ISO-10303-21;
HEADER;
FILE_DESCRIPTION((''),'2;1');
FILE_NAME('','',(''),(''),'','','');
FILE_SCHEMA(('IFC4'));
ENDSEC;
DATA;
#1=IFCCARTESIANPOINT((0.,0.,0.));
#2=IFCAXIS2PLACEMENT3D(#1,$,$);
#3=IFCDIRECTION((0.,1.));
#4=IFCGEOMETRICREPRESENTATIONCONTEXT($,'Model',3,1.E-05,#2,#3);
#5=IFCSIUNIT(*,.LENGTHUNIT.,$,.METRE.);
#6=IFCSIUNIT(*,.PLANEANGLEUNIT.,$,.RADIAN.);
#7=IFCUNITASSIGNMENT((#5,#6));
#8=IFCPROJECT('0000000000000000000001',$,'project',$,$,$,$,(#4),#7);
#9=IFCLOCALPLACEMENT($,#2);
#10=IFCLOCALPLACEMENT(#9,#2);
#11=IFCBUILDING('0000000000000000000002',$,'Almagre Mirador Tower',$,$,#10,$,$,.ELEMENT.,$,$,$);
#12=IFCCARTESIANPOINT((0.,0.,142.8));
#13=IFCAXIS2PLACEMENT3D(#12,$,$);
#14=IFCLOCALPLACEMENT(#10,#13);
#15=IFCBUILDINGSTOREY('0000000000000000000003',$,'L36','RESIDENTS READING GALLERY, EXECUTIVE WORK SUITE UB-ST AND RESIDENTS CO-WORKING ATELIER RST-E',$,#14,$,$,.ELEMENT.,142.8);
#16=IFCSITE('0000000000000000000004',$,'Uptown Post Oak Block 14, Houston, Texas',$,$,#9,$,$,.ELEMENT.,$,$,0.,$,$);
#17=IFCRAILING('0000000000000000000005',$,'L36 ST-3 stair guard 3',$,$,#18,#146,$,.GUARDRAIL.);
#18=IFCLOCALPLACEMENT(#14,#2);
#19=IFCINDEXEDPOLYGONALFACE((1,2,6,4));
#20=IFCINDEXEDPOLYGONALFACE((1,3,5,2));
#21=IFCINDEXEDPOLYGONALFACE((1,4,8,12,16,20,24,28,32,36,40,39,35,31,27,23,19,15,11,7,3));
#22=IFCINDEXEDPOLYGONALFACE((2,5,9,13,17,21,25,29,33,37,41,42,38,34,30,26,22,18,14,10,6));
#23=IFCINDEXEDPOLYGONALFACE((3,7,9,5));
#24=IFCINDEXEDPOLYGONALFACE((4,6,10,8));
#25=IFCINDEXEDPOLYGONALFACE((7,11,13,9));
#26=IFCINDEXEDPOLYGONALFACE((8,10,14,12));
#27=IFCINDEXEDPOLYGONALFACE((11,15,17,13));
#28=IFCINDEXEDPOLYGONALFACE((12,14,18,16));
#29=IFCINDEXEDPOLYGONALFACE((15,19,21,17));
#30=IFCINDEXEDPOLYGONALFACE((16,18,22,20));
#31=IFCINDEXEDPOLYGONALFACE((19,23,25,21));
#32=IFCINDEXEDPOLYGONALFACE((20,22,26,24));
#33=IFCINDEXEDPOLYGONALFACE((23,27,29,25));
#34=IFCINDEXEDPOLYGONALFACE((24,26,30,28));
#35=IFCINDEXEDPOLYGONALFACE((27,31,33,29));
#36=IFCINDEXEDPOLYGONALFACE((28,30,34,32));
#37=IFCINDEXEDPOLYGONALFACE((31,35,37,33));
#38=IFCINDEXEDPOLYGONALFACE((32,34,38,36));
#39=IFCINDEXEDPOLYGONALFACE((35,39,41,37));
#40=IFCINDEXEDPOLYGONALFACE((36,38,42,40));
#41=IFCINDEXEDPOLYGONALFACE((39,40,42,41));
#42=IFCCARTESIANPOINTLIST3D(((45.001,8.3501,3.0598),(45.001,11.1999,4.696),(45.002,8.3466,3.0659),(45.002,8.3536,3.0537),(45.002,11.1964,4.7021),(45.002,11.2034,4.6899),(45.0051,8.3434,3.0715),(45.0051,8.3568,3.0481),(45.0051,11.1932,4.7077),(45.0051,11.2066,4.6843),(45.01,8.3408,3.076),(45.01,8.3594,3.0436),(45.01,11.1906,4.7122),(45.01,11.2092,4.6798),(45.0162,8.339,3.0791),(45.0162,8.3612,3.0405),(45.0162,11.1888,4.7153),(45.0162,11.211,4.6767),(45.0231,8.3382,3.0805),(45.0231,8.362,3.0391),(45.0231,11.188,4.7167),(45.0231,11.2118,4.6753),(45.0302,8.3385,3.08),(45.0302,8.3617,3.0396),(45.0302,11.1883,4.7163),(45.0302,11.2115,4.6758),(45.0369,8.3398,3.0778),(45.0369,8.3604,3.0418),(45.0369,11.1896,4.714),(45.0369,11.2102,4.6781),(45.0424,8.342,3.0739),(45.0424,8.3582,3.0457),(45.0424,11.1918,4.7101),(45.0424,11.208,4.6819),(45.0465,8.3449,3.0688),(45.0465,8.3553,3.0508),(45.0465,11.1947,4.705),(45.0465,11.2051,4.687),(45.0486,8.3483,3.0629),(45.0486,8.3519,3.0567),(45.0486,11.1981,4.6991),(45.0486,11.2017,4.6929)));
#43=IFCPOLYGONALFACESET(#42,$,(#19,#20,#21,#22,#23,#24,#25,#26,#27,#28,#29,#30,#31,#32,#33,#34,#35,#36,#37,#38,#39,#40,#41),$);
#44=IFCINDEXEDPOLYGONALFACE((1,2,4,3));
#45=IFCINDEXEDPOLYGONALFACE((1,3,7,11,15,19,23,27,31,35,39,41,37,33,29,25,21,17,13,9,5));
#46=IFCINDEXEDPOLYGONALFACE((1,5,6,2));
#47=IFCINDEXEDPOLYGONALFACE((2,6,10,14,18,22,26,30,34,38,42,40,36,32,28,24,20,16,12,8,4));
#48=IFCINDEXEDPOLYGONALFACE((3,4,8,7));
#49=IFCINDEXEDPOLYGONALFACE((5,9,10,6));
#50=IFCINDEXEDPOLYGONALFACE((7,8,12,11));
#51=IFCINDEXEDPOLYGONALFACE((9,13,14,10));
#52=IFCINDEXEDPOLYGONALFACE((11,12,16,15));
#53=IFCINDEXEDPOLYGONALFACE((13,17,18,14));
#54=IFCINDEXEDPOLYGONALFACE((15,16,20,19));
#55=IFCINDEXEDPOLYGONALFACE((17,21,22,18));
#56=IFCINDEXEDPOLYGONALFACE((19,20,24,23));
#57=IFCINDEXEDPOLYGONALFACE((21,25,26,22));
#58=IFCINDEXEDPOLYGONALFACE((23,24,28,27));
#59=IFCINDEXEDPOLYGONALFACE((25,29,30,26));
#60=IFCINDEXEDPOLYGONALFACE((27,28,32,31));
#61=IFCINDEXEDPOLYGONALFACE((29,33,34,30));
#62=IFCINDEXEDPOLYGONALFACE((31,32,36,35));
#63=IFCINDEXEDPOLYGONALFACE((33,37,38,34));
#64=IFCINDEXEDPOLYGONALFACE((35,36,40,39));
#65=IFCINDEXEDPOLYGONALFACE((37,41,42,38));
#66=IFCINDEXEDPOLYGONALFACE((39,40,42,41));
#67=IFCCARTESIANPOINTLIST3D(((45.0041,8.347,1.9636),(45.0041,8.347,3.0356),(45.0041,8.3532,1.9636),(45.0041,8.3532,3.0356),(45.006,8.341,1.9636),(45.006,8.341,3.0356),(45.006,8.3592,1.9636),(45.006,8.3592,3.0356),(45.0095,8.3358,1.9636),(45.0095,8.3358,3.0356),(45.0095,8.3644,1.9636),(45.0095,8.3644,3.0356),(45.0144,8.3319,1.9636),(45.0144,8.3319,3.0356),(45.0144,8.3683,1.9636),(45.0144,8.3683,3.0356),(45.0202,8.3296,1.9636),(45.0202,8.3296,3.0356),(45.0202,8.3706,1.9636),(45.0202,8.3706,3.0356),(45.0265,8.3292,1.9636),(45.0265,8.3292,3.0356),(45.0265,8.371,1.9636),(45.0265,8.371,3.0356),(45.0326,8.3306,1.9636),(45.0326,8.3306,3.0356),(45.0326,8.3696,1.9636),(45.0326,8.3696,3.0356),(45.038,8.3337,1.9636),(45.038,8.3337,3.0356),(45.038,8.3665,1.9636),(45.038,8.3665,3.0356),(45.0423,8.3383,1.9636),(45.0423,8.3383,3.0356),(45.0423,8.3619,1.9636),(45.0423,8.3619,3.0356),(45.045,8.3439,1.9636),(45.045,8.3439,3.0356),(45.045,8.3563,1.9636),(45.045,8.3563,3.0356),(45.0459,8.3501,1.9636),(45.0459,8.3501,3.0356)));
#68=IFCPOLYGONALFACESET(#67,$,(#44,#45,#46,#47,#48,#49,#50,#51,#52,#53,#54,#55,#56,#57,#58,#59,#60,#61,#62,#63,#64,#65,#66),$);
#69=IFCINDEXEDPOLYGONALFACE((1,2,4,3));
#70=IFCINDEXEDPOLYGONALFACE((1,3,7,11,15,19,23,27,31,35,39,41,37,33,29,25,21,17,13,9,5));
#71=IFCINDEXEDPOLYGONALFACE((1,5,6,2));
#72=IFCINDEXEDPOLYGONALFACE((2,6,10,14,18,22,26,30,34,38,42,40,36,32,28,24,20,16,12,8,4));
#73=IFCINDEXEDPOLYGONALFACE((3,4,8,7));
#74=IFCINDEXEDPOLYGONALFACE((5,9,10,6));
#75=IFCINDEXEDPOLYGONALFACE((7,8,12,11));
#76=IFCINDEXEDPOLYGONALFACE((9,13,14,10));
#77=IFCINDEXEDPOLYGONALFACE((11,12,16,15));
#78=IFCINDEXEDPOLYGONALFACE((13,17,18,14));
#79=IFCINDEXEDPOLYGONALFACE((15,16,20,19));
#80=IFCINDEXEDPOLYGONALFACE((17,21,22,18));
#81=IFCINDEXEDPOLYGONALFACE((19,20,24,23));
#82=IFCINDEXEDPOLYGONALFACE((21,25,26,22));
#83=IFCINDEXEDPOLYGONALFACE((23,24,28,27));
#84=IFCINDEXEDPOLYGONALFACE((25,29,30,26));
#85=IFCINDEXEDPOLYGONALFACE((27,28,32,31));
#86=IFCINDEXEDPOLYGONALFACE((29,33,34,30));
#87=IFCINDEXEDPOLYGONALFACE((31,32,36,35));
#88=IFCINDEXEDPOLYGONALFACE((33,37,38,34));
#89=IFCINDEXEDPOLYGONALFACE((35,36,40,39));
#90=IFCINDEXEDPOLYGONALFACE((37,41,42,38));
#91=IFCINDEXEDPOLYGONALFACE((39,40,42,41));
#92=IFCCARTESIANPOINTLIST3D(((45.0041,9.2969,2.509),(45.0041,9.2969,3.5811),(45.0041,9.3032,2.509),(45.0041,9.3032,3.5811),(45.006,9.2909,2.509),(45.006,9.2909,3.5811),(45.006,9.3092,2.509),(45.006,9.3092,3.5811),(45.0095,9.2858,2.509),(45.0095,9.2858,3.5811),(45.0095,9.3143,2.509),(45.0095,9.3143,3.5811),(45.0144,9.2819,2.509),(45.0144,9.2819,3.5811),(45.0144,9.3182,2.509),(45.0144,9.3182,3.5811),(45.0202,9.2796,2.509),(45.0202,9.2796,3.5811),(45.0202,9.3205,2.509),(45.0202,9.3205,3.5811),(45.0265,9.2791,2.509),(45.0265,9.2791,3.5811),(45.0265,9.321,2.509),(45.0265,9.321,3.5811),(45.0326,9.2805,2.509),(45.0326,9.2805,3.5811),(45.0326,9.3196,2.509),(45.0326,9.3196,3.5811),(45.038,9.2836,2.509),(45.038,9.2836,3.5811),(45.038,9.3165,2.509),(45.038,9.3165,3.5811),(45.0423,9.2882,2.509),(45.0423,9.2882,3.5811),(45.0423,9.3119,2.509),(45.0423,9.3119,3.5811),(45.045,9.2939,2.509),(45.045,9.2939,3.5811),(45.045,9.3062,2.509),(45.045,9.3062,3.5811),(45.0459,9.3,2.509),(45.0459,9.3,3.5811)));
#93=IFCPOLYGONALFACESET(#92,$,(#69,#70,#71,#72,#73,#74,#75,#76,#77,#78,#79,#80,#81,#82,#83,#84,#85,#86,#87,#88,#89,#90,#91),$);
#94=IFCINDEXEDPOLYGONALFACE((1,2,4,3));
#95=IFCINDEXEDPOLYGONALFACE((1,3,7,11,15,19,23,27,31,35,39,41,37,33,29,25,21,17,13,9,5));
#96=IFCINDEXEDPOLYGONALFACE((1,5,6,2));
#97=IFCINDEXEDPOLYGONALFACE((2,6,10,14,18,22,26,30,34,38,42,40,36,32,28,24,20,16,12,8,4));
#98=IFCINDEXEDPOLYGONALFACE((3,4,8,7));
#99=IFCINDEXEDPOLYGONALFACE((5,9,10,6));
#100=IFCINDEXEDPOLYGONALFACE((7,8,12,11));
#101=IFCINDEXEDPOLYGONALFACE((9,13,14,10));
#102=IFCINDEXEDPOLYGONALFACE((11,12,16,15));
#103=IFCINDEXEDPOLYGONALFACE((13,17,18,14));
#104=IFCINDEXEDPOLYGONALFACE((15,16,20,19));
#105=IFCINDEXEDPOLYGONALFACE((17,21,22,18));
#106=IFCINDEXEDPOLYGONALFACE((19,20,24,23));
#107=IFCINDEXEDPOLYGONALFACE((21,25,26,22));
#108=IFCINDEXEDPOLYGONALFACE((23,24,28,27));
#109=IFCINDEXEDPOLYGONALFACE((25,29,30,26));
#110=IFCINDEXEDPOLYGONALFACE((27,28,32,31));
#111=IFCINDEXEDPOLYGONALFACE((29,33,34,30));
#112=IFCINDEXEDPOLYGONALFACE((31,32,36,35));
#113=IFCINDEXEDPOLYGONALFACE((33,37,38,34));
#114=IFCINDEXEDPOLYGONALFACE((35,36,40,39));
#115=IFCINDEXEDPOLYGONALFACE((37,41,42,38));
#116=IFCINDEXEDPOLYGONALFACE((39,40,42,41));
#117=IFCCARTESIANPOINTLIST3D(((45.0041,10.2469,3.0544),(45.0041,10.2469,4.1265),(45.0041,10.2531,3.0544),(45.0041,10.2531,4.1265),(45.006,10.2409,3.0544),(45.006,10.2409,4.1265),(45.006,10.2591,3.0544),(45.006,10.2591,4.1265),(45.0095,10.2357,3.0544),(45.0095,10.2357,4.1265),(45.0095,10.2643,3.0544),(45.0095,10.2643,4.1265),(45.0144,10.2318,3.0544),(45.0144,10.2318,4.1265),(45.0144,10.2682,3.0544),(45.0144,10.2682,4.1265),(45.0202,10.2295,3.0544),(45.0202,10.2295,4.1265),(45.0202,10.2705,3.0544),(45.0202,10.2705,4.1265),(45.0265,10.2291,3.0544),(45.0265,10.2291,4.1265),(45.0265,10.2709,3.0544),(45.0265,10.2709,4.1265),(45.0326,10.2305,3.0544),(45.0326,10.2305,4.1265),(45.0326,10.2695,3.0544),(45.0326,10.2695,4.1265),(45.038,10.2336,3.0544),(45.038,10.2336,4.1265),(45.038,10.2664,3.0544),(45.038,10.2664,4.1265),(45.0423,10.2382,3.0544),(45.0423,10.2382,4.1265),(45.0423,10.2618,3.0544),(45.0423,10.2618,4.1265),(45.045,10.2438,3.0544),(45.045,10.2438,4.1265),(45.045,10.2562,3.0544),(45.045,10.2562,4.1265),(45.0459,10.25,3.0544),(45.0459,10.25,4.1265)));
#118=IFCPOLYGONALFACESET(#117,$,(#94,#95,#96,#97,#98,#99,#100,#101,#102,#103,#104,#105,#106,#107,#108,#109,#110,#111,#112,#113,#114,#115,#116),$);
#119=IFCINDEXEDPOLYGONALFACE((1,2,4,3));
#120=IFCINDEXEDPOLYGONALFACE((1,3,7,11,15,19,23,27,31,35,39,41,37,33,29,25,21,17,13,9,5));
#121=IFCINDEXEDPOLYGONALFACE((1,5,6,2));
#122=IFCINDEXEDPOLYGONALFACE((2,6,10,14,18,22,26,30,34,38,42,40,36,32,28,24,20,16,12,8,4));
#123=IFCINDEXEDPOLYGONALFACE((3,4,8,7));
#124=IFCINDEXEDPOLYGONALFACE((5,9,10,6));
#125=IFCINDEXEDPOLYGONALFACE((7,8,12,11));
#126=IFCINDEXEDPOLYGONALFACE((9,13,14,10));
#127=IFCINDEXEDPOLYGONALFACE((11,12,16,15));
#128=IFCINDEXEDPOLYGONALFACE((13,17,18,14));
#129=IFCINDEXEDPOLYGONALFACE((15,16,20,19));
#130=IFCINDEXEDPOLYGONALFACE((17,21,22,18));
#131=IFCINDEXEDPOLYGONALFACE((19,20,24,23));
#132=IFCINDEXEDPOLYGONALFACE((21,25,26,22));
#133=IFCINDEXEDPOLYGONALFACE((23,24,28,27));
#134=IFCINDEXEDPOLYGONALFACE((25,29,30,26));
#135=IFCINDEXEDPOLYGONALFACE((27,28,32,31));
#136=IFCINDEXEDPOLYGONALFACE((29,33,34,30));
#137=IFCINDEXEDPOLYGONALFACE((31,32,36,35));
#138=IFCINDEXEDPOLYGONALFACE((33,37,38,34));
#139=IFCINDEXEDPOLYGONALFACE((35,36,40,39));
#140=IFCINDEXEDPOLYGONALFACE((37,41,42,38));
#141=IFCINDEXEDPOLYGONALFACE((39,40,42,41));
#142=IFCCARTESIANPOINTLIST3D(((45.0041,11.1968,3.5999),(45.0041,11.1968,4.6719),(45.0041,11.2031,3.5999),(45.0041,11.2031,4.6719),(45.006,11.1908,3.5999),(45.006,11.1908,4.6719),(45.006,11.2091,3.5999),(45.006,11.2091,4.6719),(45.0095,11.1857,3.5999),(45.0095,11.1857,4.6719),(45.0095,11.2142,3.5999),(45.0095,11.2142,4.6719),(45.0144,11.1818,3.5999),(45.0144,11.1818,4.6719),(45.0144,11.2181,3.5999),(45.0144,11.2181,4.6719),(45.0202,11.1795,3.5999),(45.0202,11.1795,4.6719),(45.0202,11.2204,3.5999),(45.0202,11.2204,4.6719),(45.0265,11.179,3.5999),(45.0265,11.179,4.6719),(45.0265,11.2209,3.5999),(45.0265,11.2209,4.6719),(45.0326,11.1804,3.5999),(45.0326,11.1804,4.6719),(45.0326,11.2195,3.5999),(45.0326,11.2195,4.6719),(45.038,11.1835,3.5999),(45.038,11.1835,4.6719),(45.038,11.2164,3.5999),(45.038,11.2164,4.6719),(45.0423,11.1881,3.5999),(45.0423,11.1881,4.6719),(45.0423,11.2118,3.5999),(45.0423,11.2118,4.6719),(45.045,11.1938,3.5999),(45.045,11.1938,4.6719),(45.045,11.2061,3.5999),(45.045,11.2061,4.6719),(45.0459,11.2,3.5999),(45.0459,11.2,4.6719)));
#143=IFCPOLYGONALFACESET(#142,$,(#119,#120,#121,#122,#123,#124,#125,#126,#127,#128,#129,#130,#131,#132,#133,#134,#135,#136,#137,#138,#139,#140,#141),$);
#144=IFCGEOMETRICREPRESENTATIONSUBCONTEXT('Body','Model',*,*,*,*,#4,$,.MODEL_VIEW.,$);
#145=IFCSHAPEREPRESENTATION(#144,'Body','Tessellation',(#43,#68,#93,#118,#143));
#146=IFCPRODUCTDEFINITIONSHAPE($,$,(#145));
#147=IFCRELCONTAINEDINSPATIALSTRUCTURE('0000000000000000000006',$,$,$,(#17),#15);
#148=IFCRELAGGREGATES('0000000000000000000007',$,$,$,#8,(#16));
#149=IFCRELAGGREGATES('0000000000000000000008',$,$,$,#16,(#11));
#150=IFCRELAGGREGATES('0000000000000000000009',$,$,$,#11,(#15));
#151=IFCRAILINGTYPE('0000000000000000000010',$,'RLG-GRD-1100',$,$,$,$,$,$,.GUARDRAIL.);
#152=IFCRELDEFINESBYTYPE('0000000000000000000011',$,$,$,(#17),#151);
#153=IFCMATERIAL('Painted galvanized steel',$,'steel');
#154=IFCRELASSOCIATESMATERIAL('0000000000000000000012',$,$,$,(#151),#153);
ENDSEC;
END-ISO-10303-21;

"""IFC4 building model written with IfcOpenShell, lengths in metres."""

from ifc_helpers import new_model, si_unit, direction, frame, origin, origin_2d, place, context, subcontext, project, spatial, circle, extrude, material, type_object, element, save


model = new_model("IFC4")

# Units and contexts
model_context = context("Model", 3, precision=1e-05, world=origin(), true_north=direction((0.0, 1.0)))
body_context = subcontext(model_context, "Body", "Model", "MODEL_VIEW")
ifc_project = project(units=[si_unit("LENGTHUNIT", "METRE"), si_unit("PLANEANGLEUNIT", "RADIAN")], contexts=[model_context])

# Site, building, storey
site_placement = place(None, origin())
site = spatial("IfcSite", under=ifc_project, at=site_placement, Name="Uptown Post Oak Block 14, Houston, Texas", CompositionType="ELEMENT", RefElevation=0.0)
building_placement = place(site_placement, origin())
building = spatial("IfcBuilding", under=site, at=building_placement, Name="Almagre Mirador Tower", CompositionType="ELEMENT")
storey_placement = place(building_placement, frame((0.0, 0.0, 142.8)))
storey = spatial("IfcBuildingStorey", under=building, at=storey_placement, Name="L36", Description="RESIDENTS READING GALLERY, EXECUTIVE WORK SUITE UB-ST AND RESIDENTS CO-WORKING ATELIER RST-E", CompositionType="ELEMENT", Elevation=142.8)

# Railing
ifc_material_1 = material(Name="Painted galvanized steel", Category="steel")
railing_type_1 = type_object("IfcRailingType", Name="RLG-GRD-1100", PredefinedType="GUARDRAIL", material=ifc_material_1)
railing_1_placement = place(storey_placement, frame((45.0249, 8.3501, 1.9636)))
element("IfcRailing", 1, at=railing_1_placement, inside=storey, type_object=railing_type_1, Name="L36 ST-3 stair guard 3", PredefinedType="GUARDRAIL", context=body_context, shape_type="SweptSolid", body=[
    extrude(circle(Radius=0.0239, at=origin_2d()), frame((0.0, 0.0, 1.0962), z_axis=(0.0, 0.867226, 0.497914), x_axis=(-1.0, 0.0, 0.0)), (0.0, 0.0, 1.0), 3.2861),
    extrude(circle(Radius=0.021, at=origin_2d()), origin(), (0.0, 0.0, 1.0), 1.072),
    extrude(circle(Radius=0.021, at=origin_2d()), frame((0.0, 0.95, 0.5454)), (0.0, 0.0, 1.0), 1.072),
    extrude(circle(Radius=0.021, at=origin_2d()), frame((0.0, 1.8999, 1.0908)), (0.0, 0.0, 1.0), 1.072),
    extrude(circle(Radius=0.021, at=origin_2d()), frame((0.0, 2.8499, 1.6362)), (0.0, 0.0, 1.0), 1.072),
])

save(model, "model.ifc")
